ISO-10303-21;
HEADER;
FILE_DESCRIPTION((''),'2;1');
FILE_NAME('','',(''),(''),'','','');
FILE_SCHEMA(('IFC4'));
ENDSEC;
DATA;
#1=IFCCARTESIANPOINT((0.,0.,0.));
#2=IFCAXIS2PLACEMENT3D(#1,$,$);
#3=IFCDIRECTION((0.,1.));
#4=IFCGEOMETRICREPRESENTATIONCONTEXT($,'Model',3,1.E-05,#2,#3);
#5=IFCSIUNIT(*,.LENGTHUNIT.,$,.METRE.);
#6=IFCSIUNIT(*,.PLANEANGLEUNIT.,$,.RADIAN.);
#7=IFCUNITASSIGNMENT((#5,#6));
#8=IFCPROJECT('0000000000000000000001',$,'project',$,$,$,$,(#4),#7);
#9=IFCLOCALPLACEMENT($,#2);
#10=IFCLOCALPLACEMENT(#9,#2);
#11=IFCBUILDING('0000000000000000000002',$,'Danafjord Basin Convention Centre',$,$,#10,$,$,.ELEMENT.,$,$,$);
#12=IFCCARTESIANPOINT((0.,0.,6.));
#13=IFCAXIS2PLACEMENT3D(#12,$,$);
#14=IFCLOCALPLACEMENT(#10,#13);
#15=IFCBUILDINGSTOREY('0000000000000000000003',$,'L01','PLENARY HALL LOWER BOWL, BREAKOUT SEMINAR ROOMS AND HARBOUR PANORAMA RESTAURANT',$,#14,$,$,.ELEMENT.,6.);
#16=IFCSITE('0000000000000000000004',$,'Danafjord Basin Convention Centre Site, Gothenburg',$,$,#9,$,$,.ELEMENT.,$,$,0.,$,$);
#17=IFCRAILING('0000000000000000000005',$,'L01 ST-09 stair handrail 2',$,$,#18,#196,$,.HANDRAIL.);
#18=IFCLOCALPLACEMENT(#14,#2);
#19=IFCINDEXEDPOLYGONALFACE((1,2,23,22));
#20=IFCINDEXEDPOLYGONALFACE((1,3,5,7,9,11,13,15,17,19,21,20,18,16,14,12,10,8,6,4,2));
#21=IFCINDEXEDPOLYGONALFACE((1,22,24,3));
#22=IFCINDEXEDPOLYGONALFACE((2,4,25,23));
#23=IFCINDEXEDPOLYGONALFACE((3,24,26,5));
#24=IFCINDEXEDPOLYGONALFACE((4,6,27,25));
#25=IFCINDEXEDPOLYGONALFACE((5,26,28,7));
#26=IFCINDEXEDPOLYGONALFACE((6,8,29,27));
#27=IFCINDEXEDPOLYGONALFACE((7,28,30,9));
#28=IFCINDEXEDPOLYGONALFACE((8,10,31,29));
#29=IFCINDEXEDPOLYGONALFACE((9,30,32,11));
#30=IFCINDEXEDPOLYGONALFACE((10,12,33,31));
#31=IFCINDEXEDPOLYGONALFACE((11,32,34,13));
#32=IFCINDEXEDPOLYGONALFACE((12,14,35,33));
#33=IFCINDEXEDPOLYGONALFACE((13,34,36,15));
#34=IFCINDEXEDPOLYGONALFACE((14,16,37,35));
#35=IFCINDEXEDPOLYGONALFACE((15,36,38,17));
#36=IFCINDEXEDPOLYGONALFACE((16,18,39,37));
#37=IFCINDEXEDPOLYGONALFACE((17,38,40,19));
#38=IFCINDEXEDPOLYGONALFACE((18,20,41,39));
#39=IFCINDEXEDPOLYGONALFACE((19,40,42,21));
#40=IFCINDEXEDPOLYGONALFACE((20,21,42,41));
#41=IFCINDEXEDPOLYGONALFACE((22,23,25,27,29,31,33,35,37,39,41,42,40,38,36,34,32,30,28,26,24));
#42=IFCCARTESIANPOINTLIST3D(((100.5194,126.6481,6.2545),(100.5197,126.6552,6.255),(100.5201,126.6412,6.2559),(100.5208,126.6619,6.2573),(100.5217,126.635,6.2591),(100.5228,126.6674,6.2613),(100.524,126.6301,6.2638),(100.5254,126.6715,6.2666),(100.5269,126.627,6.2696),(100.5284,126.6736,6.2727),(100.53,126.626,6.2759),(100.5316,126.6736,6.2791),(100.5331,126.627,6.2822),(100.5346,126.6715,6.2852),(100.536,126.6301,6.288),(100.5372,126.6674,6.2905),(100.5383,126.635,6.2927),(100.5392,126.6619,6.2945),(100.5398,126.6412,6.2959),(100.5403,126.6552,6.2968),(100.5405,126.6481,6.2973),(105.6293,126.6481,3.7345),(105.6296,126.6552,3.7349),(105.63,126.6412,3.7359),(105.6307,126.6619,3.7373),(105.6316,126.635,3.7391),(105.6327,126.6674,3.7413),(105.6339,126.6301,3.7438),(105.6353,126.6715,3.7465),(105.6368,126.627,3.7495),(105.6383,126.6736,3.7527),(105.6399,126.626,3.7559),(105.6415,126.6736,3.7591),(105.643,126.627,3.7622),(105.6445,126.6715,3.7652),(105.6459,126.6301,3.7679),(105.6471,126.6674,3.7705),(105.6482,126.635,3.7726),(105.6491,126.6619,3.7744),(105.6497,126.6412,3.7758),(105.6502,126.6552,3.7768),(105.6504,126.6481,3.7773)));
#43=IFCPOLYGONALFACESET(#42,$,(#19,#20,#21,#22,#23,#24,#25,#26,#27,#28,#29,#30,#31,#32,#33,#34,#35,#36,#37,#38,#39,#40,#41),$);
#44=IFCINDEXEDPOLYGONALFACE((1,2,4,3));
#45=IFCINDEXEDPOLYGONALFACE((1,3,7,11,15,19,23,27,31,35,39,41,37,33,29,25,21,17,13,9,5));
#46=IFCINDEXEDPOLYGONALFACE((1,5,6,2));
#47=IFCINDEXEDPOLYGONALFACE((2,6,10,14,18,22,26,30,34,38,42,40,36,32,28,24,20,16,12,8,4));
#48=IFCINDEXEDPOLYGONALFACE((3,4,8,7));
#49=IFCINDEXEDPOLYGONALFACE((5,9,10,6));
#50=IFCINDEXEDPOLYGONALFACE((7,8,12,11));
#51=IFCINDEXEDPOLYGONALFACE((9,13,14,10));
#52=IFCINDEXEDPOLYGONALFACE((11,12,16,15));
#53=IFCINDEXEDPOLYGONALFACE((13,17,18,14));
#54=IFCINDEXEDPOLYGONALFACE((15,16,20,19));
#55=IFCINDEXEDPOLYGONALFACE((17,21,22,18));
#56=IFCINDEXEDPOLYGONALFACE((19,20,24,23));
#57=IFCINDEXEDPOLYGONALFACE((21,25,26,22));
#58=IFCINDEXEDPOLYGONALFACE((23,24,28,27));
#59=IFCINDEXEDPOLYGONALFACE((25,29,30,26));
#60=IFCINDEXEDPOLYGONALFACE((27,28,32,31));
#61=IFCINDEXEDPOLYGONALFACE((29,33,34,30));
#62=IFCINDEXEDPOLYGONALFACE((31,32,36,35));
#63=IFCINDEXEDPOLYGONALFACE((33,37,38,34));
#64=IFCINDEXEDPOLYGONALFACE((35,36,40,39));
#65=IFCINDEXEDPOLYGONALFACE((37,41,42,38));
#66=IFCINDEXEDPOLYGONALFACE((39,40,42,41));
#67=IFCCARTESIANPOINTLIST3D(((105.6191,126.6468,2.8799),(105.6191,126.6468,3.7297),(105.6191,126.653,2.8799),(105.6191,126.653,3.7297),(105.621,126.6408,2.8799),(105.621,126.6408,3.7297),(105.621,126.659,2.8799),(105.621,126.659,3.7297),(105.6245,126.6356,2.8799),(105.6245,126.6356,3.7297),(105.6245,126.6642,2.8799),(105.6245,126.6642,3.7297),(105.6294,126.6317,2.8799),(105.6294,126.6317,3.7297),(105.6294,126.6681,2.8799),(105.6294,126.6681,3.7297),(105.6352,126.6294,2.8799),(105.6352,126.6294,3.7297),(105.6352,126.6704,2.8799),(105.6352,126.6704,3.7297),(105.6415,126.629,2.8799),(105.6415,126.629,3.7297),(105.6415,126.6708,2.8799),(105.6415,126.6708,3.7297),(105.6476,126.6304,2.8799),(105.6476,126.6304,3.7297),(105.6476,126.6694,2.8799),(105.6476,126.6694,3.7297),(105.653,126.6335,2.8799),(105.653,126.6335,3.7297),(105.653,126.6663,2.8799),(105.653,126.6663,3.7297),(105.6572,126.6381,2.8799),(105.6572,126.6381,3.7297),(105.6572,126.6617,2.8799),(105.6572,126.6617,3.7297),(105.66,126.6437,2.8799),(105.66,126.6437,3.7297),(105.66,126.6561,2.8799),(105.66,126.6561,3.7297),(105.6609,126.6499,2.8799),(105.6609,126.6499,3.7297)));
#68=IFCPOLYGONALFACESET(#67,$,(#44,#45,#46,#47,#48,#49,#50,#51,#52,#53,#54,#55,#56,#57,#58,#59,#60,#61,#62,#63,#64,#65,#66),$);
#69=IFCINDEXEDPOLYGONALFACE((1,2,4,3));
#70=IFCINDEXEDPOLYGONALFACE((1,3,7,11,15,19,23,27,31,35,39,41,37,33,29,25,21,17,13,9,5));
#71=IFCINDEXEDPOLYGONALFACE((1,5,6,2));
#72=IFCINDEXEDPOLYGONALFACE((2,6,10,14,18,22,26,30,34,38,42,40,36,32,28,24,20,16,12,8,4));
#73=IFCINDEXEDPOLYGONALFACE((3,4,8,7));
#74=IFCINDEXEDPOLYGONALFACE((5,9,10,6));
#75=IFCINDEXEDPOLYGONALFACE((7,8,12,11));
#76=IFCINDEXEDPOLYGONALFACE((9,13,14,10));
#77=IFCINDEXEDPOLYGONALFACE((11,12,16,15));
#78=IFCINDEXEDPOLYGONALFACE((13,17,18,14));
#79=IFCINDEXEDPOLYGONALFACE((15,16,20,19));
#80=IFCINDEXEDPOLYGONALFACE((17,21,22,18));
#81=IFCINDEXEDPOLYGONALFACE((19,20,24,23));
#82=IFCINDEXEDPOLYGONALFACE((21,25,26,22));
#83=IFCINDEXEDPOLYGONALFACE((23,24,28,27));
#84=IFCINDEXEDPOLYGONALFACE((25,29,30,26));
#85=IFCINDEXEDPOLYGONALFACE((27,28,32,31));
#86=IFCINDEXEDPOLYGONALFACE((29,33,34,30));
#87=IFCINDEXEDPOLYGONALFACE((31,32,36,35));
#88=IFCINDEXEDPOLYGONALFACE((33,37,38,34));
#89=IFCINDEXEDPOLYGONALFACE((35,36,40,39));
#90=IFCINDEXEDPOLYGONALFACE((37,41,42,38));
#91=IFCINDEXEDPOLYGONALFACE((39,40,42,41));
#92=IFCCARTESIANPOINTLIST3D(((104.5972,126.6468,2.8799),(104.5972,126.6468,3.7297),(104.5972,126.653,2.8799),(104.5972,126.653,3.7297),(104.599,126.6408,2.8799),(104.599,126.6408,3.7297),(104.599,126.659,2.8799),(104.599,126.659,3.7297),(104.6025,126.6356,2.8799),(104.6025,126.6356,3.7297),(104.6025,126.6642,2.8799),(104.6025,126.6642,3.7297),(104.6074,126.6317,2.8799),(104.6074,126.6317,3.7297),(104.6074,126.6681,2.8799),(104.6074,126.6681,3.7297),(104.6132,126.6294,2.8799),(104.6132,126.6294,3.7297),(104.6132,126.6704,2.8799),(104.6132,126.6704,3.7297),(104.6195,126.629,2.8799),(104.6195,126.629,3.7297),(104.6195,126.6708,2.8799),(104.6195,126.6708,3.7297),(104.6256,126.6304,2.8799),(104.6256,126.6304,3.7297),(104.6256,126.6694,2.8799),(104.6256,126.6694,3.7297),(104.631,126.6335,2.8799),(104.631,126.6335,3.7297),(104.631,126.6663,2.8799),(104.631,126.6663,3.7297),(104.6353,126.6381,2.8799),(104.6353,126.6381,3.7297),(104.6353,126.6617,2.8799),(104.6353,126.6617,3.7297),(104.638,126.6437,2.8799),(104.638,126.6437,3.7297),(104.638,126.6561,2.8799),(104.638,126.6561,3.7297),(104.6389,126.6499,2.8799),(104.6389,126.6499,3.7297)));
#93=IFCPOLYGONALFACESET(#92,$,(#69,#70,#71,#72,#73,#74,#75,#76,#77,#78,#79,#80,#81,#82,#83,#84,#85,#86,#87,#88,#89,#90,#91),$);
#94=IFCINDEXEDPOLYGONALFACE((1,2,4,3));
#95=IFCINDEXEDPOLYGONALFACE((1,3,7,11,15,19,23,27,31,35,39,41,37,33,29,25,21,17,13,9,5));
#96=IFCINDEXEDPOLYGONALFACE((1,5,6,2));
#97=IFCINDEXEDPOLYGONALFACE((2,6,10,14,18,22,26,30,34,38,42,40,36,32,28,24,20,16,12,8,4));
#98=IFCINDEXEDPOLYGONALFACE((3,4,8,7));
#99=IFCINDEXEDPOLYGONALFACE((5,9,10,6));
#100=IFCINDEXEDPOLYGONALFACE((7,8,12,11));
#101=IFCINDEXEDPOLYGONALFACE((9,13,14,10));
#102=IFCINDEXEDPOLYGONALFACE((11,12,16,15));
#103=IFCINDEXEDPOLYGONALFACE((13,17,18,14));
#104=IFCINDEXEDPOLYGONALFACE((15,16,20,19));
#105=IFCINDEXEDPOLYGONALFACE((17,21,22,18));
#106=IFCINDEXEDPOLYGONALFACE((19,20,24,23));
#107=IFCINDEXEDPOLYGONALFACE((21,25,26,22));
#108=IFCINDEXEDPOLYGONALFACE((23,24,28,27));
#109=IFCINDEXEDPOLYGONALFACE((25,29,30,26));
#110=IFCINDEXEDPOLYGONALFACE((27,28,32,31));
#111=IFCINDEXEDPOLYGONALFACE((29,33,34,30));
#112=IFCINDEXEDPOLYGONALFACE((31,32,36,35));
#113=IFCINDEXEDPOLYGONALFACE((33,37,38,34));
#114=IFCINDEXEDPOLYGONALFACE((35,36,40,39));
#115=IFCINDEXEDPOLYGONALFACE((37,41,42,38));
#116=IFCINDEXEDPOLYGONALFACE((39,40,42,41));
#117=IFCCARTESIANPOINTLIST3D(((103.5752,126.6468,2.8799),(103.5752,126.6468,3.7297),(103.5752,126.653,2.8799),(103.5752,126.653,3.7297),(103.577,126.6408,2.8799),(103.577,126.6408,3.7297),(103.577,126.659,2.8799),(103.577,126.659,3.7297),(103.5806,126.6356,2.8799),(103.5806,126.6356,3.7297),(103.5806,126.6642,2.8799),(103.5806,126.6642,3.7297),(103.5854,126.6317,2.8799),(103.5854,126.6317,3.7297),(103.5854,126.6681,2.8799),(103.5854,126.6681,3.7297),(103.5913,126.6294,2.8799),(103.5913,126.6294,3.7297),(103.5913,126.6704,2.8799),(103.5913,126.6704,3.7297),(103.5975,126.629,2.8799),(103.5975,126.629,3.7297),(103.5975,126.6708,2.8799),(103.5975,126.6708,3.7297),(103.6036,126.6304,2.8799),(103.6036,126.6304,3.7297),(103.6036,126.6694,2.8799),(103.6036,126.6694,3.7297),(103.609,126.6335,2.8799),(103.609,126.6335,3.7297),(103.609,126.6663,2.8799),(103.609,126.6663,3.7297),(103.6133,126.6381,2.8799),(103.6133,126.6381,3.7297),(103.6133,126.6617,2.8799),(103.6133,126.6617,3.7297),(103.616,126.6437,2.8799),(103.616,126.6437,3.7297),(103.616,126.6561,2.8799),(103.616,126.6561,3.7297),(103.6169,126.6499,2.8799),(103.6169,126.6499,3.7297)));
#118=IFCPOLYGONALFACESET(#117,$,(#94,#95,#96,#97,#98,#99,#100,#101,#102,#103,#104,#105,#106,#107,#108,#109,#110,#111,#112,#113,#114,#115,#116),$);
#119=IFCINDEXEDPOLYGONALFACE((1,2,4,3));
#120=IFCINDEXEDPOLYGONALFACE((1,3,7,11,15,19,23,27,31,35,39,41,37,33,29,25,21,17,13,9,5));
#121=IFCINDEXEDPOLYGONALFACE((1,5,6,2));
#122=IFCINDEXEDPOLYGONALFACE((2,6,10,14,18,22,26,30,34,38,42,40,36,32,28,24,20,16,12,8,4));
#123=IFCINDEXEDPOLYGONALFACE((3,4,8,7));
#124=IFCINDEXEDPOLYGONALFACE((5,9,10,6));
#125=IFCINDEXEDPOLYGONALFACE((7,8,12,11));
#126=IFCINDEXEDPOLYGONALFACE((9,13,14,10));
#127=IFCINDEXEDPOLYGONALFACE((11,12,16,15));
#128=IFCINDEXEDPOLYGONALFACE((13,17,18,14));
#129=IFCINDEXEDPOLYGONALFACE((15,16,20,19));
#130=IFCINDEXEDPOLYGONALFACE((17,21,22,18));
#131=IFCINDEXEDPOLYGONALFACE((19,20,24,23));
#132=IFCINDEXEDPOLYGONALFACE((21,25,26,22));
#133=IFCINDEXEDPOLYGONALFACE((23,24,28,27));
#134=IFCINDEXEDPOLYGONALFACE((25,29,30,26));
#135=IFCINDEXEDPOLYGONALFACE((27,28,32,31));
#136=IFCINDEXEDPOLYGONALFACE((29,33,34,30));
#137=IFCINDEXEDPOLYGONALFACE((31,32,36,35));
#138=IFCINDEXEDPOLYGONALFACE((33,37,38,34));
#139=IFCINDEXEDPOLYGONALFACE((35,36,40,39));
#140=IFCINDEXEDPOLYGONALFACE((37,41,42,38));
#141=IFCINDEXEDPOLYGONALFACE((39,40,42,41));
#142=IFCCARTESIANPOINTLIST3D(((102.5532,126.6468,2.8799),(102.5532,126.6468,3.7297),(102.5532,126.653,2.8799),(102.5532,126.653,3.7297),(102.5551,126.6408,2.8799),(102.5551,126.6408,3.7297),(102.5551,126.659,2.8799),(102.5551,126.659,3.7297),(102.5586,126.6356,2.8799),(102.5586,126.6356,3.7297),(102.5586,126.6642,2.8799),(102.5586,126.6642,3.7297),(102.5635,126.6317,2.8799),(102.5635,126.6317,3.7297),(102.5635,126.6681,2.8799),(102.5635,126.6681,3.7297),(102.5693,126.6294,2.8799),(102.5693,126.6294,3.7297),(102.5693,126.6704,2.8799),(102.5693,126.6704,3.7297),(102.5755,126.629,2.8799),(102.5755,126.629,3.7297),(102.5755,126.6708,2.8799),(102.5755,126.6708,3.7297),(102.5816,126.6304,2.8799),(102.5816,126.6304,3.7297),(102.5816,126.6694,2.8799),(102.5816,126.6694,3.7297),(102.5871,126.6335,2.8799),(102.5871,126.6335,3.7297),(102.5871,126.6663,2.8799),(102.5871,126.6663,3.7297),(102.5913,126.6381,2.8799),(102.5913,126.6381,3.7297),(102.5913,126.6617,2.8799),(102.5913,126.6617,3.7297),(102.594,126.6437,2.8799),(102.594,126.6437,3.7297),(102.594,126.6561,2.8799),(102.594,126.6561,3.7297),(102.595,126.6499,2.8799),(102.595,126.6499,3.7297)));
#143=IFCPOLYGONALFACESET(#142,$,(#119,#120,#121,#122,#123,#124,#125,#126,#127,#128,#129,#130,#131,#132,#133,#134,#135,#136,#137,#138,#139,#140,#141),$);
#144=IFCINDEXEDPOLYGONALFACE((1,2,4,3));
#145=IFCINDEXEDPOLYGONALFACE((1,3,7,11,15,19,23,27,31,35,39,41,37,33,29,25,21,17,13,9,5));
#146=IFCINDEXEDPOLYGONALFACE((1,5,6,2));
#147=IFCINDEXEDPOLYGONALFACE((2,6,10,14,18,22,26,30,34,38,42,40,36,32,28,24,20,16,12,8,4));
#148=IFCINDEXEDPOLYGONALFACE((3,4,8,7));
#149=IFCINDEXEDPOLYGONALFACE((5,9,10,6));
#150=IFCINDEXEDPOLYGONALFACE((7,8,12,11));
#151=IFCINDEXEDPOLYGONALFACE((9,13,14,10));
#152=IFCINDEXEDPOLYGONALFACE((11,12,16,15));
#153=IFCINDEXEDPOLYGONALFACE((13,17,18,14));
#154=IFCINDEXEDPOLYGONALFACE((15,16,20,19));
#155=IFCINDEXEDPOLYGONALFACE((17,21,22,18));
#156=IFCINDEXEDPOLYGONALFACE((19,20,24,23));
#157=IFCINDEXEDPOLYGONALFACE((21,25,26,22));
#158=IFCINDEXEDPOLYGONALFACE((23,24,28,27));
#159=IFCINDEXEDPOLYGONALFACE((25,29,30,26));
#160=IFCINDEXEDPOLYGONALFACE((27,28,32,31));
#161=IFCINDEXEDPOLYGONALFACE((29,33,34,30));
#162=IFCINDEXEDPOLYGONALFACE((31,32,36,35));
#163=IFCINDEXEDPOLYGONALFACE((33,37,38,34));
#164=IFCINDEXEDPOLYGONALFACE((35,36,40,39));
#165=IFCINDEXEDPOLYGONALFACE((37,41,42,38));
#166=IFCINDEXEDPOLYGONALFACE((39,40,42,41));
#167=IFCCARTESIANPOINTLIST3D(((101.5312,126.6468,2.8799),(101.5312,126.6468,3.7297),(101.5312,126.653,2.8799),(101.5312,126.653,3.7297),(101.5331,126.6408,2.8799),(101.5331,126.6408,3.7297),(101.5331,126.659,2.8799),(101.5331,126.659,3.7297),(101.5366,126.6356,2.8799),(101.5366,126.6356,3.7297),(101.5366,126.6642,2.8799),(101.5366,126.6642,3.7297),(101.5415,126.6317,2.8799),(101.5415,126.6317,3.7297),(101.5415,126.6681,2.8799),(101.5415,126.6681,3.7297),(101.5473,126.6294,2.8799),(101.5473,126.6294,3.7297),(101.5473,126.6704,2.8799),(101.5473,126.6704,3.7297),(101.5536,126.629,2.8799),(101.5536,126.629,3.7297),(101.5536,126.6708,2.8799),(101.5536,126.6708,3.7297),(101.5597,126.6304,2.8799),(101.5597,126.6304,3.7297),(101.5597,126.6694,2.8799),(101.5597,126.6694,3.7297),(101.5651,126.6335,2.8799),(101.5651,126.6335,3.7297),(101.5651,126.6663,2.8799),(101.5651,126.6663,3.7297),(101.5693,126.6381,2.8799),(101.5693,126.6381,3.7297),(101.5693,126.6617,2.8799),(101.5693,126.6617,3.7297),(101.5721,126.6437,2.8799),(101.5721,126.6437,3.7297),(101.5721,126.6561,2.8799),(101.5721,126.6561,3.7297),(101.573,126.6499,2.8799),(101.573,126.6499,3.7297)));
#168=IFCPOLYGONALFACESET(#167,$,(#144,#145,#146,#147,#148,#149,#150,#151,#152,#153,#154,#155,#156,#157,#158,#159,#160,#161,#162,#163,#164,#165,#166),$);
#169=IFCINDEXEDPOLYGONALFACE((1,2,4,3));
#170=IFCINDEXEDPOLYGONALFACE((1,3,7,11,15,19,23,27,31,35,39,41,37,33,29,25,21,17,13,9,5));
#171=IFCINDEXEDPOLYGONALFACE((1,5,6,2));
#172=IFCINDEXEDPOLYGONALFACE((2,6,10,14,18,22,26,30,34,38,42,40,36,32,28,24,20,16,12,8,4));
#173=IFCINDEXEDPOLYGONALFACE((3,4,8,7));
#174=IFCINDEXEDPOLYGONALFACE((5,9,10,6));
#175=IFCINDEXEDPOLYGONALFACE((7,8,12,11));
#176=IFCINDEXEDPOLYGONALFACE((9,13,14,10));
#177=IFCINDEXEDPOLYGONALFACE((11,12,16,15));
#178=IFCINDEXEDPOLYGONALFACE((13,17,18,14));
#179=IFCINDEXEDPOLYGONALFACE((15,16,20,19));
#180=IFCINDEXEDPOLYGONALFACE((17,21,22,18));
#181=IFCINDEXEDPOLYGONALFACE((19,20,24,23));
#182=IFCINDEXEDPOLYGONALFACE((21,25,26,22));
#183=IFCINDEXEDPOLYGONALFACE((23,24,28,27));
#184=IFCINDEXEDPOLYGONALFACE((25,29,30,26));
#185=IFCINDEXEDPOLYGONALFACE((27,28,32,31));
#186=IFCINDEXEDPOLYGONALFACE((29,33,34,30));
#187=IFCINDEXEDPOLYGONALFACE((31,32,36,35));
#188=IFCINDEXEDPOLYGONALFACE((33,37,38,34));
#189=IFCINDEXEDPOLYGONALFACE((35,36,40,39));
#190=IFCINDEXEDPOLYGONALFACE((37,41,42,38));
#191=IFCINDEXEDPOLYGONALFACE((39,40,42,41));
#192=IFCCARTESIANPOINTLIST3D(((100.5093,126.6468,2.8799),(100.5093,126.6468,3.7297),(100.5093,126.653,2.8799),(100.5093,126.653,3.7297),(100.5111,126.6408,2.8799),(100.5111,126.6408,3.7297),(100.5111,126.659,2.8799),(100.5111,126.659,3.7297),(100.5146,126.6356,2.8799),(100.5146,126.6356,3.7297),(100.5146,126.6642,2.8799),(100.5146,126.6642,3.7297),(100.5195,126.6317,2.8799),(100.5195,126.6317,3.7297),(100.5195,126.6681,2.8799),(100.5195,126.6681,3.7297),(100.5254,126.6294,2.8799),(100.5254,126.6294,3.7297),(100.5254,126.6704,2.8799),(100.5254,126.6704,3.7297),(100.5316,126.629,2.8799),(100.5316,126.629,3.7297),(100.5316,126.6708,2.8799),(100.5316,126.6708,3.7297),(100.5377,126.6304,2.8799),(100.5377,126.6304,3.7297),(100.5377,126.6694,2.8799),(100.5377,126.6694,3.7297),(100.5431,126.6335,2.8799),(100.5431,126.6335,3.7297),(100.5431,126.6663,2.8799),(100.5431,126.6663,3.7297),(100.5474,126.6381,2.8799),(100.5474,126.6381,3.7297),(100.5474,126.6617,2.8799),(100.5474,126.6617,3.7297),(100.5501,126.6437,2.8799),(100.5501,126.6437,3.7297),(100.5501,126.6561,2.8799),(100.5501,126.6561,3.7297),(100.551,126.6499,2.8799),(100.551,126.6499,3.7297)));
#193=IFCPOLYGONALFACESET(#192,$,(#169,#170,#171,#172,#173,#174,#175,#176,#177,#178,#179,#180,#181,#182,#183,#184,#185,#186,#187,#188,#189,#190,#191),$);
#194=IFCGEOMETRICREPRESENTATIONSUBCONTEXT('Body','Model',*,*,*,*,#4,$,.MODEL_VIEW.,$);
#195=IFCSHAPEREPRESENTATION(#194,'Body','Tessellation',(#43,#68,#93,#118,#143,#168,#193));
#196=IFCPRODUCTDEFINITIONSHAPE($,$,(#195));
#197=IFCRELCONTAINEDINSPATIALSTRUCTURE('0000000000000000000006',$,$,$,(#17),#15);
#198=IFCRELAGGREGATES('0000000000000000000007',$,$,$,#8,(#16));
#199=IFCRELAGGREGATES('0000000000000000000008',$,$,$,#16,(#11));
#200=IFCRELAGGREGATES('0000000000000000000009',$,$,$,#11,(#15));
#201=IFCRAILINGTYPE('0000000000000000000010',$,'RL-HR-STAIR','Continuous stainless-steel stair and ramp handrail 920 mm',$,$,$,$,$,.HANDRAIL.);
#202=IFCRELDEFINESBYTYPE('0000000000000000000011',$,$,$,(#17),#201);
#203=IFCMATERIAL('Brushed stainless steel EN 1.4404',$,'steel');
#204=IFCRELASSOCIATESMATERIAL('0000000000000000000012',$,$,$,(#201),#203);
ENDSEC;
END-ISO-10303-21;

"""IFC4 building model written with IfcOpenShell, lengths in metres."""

from ifc_helpers import new_model, si_unit, direction, frame, origin, origin_2d, place, context, subcontext, project, spatial, circle, extrude, material, type_object, element, save


model = new_model("IFC4")

# Units and contexts
model_context = context("Model", 3, precision=1e-05, world=origin(), true_north=direction((0.0, 1.0)))
body_context = subcontext(model_context, "Body", "Model", "MODEL_VIEW")
ifc_project = project(units=[si_unit("LENGTHUNIT", "METRE"), si_unit("PLANEANGLEUNIT", "RADIAN")], contexts=[model_context])

# Site, building, storey
site_placement = place(None, origin())
site = spatial("IfcSite", under=ifc_project, at=site_placement, Name="Danafjord Basin Convention Centre Site, Gothenburg", CompositionType="ELEMENT", RefElevation=0.0)
building_placement = place(site_placement, origin())
building = spatial("IfcBuilding", under=site, at=building_placement, Name="Danafjord Basin Convention Centre", CompositionType="ELEMENT")
storey_placement = place(building_placement, frame((0.0, 0.0, 6.0)))
storey = spatial("IfcBuildingStorey", under=building, at=storey_placement, Name="L01", Description="PLENARY HALL LOWER BOWL, BREAKOUT SEMINAR ROOMS AND HARBOUR PANORAMA RESTAURANT", CompositionType="ELEMENT", Elevation=6.0)

# Railing
ifc_material_1 = material(Name="Brushed stainless steel EN 1.4404", Category="steel")
railing_type_1 = type_object("IfcRailingType", Name="RL-HR-STAIR", Description="Continuous stainless-steel stair and ramp handrail 920 mm", PredefinedType="HANDRAIL", material=ifc_material_1)
railing_1_placement = place(storey_placement, frame((105.6399, 126.6499, 2.8799)))
element("IfcRailing", 1, at=railing_1_placement, inside=storey, type_object=railing_type_1, Name="L01 ST-09 stair handrail 2", PredefinedType="HANDRAIL", context=body_context, shape_type="SweptSolid", body=[
    extrude(circle(Radius=0.0239, at=origin_2d()), frame((0.0, 0.0, 0.876), z_axis=(-0.896865, 0.0, 0.442305), x_axis=(0.0, -1.0, 0.0)), (0.0, 0.0, 1.0), 5.6975),
    extrude(circle(Radius=0.021, at=origin_2d()), origin(), (0.0, 0.0, 1.0), 0.8499),
    extrude(circle(Radius=0.021, at=origin_2d()), frame((-1.022, 0.0, 0.0)), (0.0, 0.0, 1.0), 0.8499),
    extrude(circle(Radius=0.021, at=origin_2d()), frame((-2.0439, 0.0, 0.0)), (0.0, 0.0, 1.0), 0.8499),
    extrude(circle(Radius=0.021, at=origin_2d()), frame((-3.0659, 0.0, 0.0)), (0.0, 0.0, 1.0), 0.8499),
    extrude(circle(Radius=0.021, at=origin_2d()), frame((-4.0879, 0.0, 0.0)), (0.0, 0.0, 1.0), 0.8499),
    extrude(circle(Radius=0.021, at=origin_2d()), frame((-5.1099, 0.0, 0.0)), (0.0, 0.0, 1.0), 0.8499),
])

save(model, "model.ifc")
